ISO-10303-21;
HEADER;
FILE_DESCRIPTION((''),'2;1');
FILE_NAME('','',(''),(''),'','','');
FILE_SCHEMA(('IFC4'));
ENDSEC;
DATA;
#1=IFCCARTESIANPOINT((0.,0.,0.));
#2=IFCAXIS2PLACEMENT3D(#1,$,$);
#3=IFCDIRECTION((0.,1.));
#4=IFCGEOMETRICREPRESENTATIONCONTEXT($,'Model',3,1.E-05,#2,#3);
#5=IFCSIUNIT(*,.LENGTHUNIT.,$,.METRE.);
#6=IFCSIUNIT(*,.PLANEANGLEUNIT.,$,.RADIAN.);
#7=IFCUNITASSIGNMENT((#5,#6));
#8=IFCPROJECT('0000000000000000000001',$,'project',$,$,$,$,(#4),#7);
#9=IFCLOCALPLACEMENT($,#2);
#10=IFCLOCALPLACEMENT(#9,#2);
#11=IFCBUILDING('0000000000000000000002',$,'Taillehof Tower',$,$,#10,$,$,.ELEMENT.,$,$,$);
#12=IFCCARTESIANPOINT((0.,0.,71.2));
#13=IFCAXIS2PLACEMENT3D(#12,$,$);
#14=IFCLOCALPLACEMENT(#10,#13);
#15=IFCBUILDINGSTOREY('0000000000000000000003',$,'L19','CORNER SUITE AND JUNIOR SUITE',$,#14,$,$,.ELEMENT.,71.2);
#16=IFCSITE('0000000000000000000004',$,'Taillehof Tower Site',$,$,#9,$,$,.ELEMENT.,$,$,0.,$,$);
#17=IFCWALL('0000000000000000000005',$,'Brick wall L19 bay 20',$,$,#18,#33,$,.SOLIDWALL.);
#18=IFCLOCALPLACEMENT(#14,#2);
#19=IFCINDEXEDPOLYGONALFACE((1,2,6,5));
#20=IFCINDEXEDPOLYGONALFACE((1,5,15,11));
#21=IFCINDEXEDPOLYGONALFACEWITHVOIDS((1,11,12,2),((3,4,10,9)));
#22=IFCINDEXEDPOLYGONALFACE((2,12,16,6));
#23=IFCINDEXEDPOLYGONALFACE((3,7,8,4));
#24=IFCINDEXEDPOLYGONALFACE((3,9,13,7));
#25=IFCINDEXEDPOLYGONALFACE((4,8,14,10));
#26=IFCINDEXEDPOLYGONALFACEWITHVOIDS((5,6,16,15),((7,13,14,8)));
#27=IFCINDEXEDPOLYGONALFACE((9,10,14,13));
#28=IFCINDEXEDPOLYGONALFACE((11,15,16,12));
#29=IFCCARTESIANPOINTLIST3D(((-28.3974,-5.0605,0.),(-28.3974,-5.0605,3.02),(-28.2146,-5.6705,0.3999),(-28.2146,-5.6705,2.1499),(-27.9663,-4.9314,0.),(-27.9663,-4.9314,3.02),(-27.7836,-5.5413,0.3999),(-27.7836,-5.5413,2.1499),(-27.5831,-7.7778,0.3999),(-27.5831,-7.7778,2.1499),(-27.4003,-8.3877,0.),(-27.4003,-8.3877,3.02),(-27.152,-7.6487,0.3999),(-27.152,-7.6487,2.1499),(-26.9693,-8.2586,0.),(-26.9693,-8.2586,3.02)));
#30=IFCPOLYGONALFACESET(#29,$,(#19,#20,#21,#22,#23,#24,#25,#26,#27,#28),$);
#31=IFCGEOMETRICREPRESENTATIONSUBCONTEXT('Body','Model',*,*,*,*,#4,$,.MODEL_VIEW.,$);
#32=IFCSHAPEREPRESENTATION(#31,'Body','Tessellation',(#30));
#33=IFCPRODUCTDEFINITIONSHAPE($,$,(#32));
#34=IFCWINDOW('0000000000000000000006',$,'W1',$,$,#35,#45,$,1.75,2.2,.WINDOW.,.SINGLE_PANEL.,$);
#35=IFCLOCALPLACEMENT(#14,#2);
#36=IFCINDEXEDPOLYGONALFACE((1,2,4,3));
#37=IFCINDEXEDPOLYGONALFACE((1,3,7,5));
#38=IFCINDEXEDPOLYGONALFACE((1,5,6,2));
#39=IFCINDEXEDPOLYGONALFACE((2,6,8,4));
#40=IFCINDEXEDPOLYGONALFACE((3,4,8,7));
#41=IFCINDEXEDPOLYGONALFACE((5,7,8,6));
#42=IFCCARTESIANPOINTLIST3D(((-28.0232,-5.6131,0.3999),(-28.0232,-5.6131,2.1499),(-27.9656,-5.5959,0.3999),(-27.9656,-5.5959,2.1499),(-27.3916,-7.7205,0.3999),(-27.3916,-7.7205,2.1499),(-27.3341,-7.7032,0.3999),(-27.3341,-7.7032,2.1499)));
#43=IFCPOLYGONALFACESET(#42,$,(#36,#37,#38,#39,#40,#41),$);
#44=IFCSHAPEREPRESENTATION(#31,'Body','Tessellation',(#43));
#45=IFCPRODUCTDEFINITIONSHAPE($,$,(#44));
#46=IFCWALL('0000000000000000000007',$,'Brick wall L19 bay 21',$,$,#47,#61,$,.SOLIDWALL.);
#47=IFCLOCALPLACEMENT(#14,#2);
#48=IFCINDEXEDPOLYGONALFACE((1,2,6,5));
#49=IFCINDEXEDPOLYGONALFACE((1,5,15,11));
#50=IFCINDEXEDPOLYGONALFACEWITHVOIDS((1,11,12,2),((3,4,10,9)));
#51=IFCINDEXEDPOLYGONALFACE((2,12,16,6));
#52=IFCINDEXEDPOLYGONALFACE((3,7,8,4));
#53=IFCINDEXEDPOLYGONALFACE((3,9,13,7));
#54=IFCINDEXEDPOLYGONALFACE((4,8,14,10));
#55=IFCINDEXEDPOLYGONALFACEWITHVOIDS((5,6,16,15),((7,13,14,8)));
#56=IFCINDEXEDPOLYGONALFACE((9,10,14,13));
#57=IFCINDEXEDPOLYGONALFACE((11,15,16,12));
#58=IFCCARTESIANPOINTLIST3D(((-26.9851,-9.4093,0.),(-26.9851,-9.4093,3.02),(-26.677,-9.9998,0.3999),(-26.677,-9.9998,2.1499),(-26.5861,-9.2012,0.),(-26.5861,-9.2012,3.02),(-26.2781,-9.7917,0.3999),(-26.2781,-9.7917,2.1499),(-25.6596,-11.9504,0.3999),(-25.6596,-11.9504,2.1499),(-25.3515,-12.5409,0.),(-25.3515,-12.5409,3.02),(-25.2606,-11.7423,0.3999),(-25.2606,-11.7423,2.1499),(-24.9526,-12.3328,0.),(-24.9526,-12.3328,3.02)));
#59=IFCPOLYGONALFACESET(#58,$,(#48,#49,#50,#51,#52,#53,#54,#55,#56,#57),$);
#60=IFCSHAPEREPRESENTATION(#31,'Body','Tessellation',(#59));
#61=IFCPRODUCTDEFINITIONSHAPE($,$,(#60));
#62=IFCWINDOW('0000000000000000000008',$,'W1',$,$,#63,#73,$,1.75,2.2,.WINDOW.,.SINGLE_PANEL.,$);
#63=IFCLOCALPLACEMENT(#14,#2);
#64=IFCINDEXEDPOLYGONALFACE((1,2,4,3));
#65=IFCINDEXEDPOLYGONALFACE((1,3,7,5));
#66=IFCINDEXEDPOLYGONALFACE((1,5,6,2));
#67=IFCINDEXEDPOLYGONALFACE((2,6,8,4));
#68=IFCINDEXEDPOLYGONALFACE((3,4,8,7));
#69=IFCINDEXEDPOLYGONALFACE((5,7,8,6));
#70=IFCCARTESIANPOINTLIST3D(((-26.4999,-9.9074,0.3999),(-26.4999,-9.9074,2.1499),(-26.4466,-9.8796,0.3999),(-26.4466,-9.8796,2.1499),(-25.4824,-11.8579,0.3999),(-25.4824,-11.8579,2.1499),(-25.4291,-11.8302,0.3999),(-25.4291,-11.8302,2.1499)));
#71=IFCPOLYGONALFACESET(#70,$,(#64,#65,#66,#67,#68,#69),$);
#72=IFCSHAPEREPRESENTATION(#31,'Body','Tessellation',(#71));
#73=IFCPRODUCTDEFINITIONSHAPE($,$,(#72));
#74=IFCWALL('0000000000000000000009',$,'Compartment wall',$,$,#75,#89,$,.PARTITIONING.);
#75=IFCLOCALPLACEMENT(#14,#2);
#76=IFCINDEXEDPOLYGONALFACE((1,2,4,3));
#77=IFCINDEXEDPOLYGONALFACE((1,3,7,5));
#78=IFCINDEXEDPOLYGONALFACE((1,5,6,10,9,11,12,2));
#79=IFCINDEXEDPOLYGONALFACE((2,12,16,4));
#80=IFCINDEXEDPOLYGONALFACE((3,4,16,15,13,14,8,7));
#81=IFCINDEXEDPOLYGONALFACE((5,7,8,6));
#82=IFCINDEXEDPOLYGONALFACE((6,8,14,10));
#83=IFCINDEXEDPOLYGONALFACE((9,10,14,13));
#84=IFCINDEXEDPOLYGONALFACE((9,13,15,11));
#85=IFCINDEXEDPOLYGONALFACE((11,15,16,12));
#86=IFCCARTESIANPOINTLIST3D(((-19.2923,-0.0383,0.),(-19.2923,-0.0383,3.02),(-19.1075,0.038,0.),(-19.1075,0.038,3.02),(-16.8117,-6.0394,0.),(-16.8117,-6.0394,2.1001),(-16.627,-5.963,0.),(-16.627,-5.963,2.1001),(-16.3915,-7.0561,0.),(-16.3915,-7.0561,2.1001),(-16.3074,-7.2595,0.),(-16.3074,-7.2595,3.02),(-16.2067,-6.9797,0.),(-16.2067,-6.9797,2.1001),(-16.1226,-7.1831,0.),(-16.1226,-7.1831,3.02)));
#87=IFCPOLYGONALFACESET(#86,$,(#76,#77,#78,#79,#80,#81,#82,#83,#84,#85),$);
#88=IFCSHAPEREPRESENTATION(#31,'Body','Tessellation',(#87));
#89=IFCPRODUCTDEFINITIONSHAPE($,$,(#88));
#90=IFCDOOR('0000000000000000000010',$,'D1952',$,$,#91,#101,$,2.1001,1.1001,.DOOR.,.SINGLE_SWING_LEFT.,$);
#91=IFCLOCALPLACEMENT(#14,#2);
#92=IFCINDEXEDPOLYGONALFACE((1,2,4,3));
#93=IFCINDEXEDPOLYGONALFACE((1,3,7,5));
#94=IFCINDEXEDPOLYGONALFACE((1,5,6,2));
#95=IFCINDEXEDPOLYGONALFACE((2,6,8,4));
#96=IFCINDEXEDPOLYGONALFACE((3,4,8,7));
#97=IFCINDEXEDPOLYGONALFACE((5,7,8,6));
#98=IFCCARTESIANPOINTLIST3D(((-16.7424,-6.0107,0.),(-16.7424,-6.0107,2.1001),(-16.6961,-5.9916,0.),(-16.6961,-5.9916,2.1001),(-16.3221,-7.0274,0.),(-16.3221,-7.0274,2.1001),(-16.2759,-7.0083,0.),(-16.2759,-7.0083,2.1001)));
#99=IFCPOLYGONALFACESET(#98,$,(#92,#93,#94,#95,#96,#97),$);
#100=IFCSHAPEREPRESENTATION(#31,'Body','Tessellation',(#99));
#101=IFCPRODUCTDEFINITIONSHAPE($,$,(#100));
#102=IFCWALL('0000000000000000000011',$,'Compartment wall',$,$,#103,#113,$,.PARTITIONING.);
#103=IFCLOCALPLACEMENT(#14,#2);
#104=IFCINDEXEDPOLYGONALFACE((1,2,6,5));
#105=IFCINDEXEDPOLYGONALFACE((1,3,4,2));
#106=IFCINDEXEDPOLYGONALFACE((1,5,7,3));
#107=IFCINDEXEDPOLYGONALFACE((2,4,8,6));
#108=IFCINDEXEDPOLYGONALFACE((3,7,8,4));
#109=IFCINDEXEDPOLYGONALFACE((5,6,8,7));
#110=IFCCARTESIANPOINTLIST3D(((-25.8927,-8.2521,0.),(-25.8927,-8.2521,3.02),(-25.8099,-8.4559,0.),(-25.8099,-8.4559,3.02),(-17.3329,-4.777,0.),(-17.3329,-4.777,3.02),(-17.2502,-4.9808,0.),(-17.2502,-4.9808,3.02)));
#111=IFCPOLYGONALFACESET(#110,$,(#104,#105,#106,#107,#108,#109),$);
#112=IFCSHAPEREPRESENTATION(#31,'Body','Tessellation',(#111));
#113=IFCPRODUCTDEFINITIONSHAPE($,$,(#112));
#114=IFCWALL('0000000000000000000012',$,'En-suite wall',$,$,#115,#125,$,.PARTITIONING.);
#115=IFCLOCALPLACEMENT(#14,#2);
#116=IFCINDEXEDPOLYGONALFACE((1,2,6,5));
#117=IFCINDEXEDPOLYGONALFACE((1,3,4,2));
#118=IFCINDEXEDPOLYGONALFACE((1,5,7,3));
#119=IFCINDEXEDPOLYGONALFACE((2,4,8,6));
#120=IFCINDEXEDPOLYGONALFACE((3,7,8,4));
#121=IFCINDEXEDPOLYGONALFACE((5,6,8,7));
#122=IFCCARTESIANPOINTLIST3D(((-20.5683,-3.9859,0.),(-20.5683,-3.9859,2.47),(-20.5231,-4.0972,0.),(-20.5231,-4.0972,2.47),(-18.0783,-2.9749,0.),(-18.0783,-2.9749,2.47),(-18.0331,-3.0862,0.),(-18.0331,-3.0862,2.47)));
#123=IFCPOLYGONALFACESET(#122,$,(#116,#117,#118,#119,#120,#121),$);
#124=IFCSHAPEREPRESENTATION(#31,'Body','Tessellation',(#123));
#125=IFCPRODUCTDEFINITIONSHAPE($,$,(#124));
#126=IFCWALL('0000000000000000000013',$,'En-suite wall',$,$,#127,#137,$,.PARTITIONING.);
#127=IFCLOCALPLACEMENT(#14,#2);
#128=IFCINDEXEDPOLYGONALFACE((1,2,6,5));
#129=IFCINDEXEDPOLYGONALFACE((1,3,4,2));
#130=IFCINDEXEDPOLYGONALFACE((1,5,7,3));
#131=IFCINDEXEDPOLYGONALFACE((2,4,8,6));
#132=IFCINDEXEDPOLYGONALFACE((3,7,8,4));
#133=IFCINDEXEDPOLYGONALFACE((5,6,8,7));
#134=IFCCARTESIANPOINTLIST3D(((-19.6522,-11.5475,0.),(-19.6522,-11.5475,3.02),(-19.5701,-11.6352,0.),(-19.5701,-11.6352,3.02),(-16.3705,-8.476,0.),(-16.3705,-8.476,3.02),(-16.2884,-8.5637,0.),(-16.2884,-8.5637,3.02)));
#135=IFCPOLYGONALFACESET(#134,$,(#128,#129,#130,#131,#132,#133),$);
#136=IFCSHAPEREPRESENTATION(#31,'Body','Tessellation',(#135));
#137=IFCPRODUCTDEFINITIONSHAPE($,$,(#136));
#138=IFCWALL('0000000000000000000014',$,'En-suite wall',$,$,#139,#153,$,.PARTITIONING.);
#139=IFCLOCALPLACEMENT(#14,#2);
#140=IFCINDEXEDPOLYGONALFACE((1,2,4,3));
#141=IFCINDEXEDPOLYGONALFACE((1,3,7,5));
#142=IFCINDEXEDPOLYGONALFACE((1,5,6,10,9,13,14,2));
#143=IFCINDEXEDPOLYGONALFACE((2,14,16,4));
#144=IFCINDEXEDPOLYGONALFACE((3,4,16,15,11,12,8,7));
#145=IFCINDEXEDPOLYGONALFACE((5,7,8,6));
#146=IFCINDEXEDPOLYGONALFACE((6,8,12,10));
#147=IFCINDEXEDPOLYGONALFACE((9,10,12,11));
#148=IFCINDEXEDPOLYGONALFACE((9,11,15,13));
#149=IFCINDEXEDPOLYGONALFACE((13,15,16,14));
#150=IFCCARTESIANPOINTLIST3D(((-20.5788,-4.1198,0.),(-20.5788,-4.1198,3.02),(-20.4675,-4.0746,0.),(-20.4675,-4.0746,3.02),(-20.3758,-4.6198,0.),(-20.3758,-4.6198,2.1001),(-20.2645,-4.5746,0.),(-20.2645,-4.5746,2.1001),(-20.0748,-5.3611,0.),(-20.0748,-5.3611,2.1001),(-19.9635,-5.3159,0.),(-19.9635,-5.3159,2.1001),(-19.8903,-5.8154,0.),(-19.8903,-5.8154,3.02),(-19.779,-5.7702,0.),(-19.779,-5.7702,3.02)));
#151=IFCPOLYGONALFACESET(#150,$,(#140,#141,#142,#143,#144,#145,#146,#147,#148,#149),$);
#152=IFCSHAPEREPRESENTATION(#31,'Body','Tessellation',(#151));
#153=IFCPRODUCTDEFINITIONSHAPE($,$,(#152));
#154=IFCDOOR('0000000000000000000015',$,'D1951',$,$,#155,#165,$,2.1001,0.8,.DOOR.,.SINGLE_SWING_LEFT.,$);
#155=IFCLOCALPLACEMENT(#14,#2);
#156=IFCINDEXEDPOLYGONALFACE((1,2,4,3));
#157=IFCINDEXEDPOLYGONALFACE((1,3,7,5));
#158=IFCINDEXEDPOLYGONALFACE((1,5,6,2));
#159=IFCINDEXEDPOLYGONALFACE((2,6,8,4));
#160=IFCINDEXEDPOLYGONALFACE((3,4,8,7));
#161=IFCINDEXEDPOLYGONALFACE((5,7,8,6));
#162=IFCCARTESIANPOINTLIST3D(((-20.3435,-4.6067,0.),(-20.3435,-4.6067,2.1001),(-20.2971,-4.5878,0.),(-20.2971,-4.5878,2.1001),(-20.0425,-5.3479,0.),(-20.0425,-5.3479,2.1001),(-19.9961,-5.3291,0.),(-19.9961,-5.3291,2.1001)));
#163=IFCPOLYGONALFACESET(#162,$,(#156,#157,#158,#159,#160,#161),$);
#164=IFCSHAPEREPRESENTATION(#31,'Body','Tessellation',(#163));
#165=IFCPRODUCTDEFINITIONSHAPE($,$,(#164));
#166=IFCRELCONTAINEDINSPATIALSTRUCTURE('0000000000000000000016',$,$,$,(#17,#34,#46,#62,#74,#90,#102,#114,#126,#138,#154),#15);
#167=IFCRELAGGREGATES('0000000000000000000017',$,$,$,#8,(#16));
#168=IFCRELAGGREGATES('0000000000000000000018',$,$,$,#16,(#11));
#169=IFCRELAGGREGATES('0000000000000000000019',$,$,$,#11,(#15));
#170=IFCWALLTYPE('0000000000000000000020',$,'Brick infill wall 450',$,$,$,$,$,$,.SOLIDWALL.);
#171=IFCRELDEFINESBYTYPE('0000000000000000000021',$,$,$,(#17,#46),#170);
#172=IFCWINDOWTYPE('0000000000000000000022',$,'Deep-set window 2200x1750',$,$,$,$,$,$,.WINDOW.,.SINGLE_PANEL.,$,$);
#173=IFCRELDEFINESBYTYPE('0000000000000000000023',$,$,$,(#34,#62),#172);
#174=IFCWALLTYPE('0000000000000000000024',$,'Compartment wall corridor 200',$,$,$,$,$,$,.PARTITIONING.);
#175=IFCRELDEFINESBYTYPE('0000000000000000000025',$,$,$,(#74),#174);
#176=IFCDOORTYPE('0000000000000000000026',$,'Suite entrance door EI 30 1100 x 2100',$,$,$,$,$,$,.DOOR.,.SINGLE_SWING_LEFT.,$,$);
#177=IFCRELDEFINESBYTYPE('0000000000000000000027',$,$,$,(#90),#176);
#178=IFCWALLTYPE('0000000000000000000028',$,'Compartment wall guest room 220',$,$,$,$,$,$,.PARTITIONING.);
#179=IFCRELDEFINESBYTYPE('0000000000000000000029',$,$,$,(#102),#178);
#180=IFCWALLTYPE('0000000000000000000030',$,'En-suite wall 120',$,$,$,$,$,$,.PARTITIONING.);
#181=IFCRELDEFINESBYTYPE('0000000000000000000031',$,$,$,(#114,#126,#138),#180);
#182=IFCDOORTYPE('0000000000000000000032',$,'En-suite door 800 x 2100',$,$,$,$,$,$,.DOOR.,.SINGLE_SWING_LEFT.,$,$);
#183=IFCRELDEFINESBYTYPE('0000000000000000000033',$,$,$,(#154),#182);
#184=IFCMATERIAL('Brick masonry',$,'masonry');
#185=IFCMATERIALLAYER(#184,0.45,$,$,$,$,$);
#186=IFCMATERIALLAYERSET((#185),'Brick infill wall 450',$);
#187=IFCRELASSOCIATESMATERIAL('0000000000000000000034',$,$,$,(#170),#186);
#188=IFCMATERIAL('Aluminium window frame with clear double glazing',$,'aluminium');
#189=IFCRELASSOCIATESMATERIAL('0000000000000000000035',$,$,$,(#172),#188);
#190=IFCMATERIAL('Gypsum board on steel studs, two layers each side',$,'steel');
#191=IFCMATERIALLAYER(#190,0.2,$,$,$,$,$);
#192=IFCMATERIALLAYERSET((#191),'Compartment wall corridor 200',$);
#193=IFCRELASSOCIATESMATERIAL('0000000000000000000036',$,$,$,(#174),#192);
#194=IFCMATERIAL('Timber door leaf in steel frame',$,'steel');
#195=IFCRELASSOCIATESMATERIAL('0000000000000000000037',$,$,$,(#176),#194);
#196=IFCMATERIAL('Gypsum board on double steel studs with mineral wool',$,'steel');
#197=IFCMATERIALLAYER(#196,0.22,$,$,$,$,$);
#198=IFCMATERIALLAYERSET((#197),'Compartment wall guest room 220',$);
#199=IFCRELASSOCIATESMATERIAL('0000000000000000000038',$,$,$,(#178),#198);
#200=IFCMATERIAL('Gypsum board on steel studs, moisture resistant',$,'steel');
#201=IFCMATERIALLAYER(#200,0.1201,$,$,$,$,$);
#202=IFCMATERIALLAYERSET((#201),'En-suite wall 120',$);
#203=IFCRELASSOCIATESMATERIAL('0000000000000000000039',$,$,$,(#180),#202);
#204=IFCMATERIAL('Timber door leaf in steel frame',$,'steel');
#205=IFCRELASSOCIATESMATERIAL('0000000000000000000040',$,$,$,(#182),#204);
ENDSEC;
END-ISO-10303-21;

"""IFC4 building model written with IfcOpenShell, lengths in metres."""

from ifc_helpers import new_model, si_unit, direction, frame, frame_2d, origin, place, context, subcontext, project, spatial, rectangle, extrude, material, layer, layer_set, type_object, element, fill, save


model = new_model("IFC4")

# Units and contexts
model_context = context("Model", 3, precision=1e-05, world=origin(), true_north=direction((0.0, 1.0)))
body_context = subcontext(model_context, "Body", "Model", "MODEL_VIEW")
ifc_project = project(units=[si_unit("LENGTHUNIT", "METRE"), si_unit("PLANEANGLEUNIT", "RADIAN")], contexts=[model_context])

# Site, building, storey
site_placement = place(None, origin())
site = spatial("IfcSite", under=ifc_project, at=site_placement, Name="Taillehof Tower Site", CompositionType="ELEMENT", RefElevation=0.0)
building_placement = place(site_placement, origin())
building = spatial("IfcBuilding", under=site, at=building_placement, Name="Taillehof Tower", CompositionType="ELEMENT")
storey_placement = place(building_placement, frame((0.0, 0.0, 71.2)))
storey = spatial("IfcBuildingStorey", under=building, at=storey_placement, Name="L19", Description="CORNER SUITE AND JUNIOR SUITE", CompositionType="ELEMENT", Elevation=71.2)

# Walls, openings, windows
ifc_material_1 = material(Name="Brick masonry", Category="masonry")
ifc_layer_1 = layer(ifc_material_1, 0.45)
ifc_layer_set_1 = layer_set([ifc_layer_1], Name="Brick infill wall 450")
wall_type_1 = type_object("IfcWallType", Name="Brick infill wall 450", PredefinedType="SOLIDWALL", material=ifc_layer_set_1)
ifc_material_2 = material(Name="Aluminium window frame with clear double glazing", Category="aluminium")
window_type = type_object("IfcWindowType", Name="Deep-set window 2200x1750", PartitioningType="SINGLE_PANEL", PredefinedType="WINDOW", material=ifc_material_2)
wall_1_placement = place(storey_placement, frame((-28.1819, -4.9958, 0.0), z_axis=(0.0, 0.0, 1.0), x_axis=(0.287064, -0.957911, 0.0)))
wall_1 = element("IfcWall", 1, at=wall_1_placement, inside=storey, type_object=wall_type_1, Name="Brick wall L19 bay 20", PredefinedType="SOLIDWALL", context=body_context, shape_type="SweptSolid", body=[
    extrude(rectangle(XDim=3.4734, YDim=0.45, at=frame_2d((1.7368, 0.0))), origin(), (0.0, 0.0, 1.0), 3.02),
])
opening_1_placement = place(wall_1_placement, frame((0.6367, 0.0, 0.3999)))
opening_1 = element("IfcOpeningElement", 2, at=opening_1_placement, cuts=wall_1, PredefinedType="OPENING", context=body_context, shape_type="SweptSolid", body=[
    extrude(rectangle(XDim=2.2, YDim=1.75, at=frame_2d((1.1001, 0.875))), frame((0.0, 0.2349, 0.0), z_axis=(0.0, -1.0, 0.0), x_axis=(1.0, 0.0, 0.0)), (0.0, 0.0, 1.0), 0.47),
])
window_1_placement = place(opening_1_placement, origin())
window_1 = element("IfcWindow", 3, at=window_1_placement, inside=storey, type_object=window_type, Name="W1", OverallHeight=1.75, OverallWidth=2.2, PartitioningType="SINGLE_PANEL", PredefinedType="WINDOW", context=body_context, shape_type="SweptSolid", body=[
    extrude(rectangle(XDim=2.2, YDim=1.75, at=frame_2d((1.1001, 0.875))), frame((0.0, 0.0349, 0.0), z_axis=(0.0, -1.0, 0.0), x_axis=(1.0, 0.0, 0.0)), (0.0, 0.0, 1.0), 0.0601),
])
fill(opening_1, window_1)
wall_2_placement = place(storey_placement, frame((-26.7856, -9.3052, 0.0), z_axis=(0.0, 0.0, 1.0), x_axis=(0.462493, -0.886623, 0.0)))
wall_2 = element("IfcWall", 4, at=wall_2_placement, inside=storey, type_object=wall_type_1, Name="Brick wall L19 bay 21", PredefinedType="SOLIDWALL", context=body_context, shape_type="SweptSolid", body=[
    extrude(rectangle(XDim=3.532, YDim=0.45, at=frame_2d((1.7661, 0.0))), origin(), (0.0, 0.0, 1.0), 3.02),
])
opening_2_placement = place(wall_2_placement, frame((0.666, 0.0, 0.3999)))
opening_2 = element("IfcOpeningElement", 5, at=opening_2_placement, cuts=wall_2, PredefinedType="OPENING", context=body_context, shape_type="SweptSolid", body=[
    extrude(rectangle(XDim=2.2, YDim=1.75, at=frame_2d((1.1001, 0.875))), frame((0.0, 0.2349, 0.0), z_axis=(0.0, -1.0, 0.0), x_axis=(1.0, 0.0, 0.0)), (0.0, 0.0, 1.0), 0.47),
])
window_2_placement = place(opening_2_placement, origin())
window_2 = element("IfcWindow", 6, at=window_2_placement, inside=storey, type_object=window_type, Name="W1", OverallHeight=1.75, OverallWidth=2.2, PartitioningType="SINGLE_PANEL", PredefinedType="WINDOW", context=body_context, shape_type="SweptSolid", body=[
    extrude(rectangle(XDim=2.2, YDim=1.75, at=frame_2d((1.1001, 0.875))), frame((0.0, 0.0349, 0.0), z_axis=(0.0, -1.0, 0.0), x_axis=(1.0, 0.0, 0.0)), (0.0, 0.0, 1.0), 0.0601),
])
fill(opening_2, window_2)

# Wall, opening, door
ifc_material_3 = material(Name="Gypsum board on steel studs, two layers each side", Category="steel")
ifc_layer_2 = layer(ifc_material_3, 0.2)
ifc_layer_set_2 = layer_set([ifc_layer_2], Name="Compartment wall corridor 200")
wall_type_2 = type_object("IfcWallType", Name="Compartment wall corridor 200", PredefinedType="PARTITIONING", material=ifc_layer_set_2)
wall_3_placement = place(storey_placement, frame((-16.2151, -7.2212, 0.0), z_axis=(0.0, 0.0, 1.0), x_axis=(-0.382, 0.924162, 0.0)))
wall_3 = element("IfcWall", 7, at=wall_3_placement, inside=storey, type_object=wall_type_2, Name="Compartment wall", PredefinedType="PARTITIONING", context=body_context, shape_type="SweptSolid", body=[
    extrude(rectangle(XDim=7.8137, YDim=0.2, at=frame_2d((3.9067, 0.0))), origin(), (0.0, 0.0, 1.0), 3.02),
])
opening_3_placement = place(wall_3_placement, frame((0.22, 0.0, 0.0)))
opening_3 = element("IfcOpeningElement", 8, at=opening_3_placement, cuts=wall_3, PredefinedType="OPENING", context=body_context, shape_type="SweptSolid", body=[
    extrude(rectangle(XDim=1.1001, YDim=2.1001, at=frame_2d((0.55, 1.05))), frame((0.0, 0.1099, 0.0), z_axis=(0.0, -1.0, 0.0), x_axis=(1.0, 0.0, 0.0)), (0.0, 0.0, 1.0), 0.22),
])
ifc_material_4 = material(Name="Timber door leaf in steel frame", Category="steel")
door_type_1 = type_object("IfcDoorType", Name="Suite entrance door EI 30 1100 x 2100", OperationType="SINGLE_SWING_LEFT", PredefinedType="DOOR", material=ifc_material_4)
door_1_placement = place(opening_3_placement, origin())
door_1 = element("IfcDoor", 9, at=door_1_placement, inside=storey, type_object=door_type_1, Name="D1952", OperationType="SINGLE_SWING_LEFT", OverallHeight=2.1001, OverallWidth=1.1001, PredefinedType="DOOR", context=body_context, shape_type="SweptSolid", body=[
    extrude(rectangle(XDim=1.1001, YDim=2.1001, at=frame_2d((0.55, 1.05))), frame((0.0, 0.0249, 0.0), z_axis=(0.0, -1.0, 0.0), x_axis=(1.0, 0.0, 0.0)), (0.0, 0.0, 1.0), 0.05),
])
fill(opening_3, door_1)

# Walls
ifc_material_5 = material(Name="Gypsum board on double steel studs with mineral wool", Category="steel")
ifc_layer_3 = layer(ifc_material_5, 0.22)
ifc_layer_set_3 = layer_set([ifc_layer_3], Name="Compartment wall guest room 220")
wall_type_3 = type_object("IfcWallType", Name="Compartment wall guest room 220", PredefinedType="PARTITIONING", material=ifc_layer_set_3)
wall_4_placement = place(storey_placement, frame((-25.8513, -8.354, 0.0), z_axis=(0.0, 0.0, 1.0), x_axis=(0.926554, 0.376161, 0.0)))
element("IfcWall", 10, at=wall_4_placement, inside=storey, type_object=wall_type_3, Name="Compartment wall", PredefinedType="PARTITIONING", context=body_context, shape_type="SweptSolid", body=[
    extrude(rectangle(XDim=9.2383, YDim=0.22, at=frame_2d((4.6191, 0.0))), origin(), (0.0, 0.0, 1.0), 3.02),
])
ifc_material_6 = material(Name="Gypsum board on steel studs, moisture resistant", Category="steel")
ifc_layer_4 = layer(ifc_material_6, 0.1201)
ifc_layer_set_4 = layer_set([ifc_layer_4], Name="En-suite wall 120")
wall_type_4 = type_object("IfcWallType", Name="En-suite wall 120", PredefinedType="PARTITIONING", material=ifc_layer_set_4)
wall_5_placement = place(storey_placement, frame((-18.0557, -3.0305, 0.0), z_axis=(0.0, 0.0, 1.0), x_axis=(-0.926541, -0.376194, 0.0)))
element("IfcWall", 11, at=wall_5_placement, inside=storey, type_object=wall_type_4, Name="En-suite wall", PredefinedType="PARTITIONING", context=body_context, shape_type="SweptSolid", body=[
    extrude(rectangle(XDim=2.6875, YDim=0.1201, at=frame_2d((1.3438, 0.0))), origin(), (0.0, 0.0, 1.0), 2.47),
])
wall_6_placement = place(storey_placement, frame((-16.3293, -8.5198, 0.0), z_axis=(0.0, 0.0, 1.0), x_axis=(-0.730103, -0.683337, 0.0)))
element("IfcWall", 12, at=wall_6_placement, inside=storey, type_object=wall_type_4, Name="En-suite wall", PredefinedType="PARTITIONING", context=body_context, shape_type="SweptSolid", body=[
    extrude(rectangle(XDim=4.4949, YDim=0.1201, at=frame_2d((2.2476, 0.0))), origin(), (0.0, 0.0, 1.0), 3.02),
])

# Wall, opening, door
wall_7_placement = place(storey_placement, frame((-20.5232, -4.0972, 0.0), z_axis=(0.0, 0.0, 1.0), x_axis=(0.376216, -0.926532, 0.0)))
wall_7 = element("IfcWall", 13, at=wall_7_placement, inside=storey, type_object=wall_type_4, Name="En-suite wall", PredefinedType="PARTITIONING", context=body_context, shape_type="SweptSolid", body=[
    extrude(rectangle(XDim=1.8301, YDim=0.1201, at=frame_2d((0.915, 0.0))), origin(), (0.0, 0.0, 1.0), 3.02),
])
opening_4_placement = place(wall_7_placement, frame((0.5398, 0.0, 0.0)))
opening_4 = element("IfcOpeningElement", 14, at=opening_4_placement, cuts=wall_7, PredefinedType="OPENING", context=body_context, shape_type="SweptSolid", body=[
    extrude(rectangle(XDim=0.8, YDim=2.1001, at=frame_2d((0.3999, 1.05))), frame((0.0, 0.0701, 0.0), z_axis=(0.0, -1.0, 0.0), x_axis=(1.0, 0.0, 0.0)), (0.0, 0.0, 1.0), 0.1401),
])
ifc_material_7 = material(Name="Timber door leaf in steel frame", Category="steel")
door_type_2 = type_object("IfcDoorType", Name="En-suite door 800 x 2100", OperationType="SINGLE_SWING_LEFT", PredefinedType="DOOR", material=ifc_material_7)
door_2_placement = place(opening_4_placement, origin())
door_2 = element("IfcDoor", 15, at=door_2_placement, inside=storey, type_object=door_type_2, Name="D1951", OperationType="SINGLE_SWING_LEFT", OverallHeight=2.1001, OverallWidth=0.8, PredefinedType="DOOR", context=body_context, shape_type="SweptSolid", body=[
    extrude(rectangle(XDim=0.8, YDim=2.1001, at=frame_2d((0.3999, 1.05))), frame((0.0, 0.0249, 0.0), z_axis=(0.0, -1.0, 0.0), x_axis=(1.0, 0.0, 0.0)), (0.0, 0.0, 1.0), 0.05),
])
fill(opening_4, door_2)

save(model, "model.ifc")
